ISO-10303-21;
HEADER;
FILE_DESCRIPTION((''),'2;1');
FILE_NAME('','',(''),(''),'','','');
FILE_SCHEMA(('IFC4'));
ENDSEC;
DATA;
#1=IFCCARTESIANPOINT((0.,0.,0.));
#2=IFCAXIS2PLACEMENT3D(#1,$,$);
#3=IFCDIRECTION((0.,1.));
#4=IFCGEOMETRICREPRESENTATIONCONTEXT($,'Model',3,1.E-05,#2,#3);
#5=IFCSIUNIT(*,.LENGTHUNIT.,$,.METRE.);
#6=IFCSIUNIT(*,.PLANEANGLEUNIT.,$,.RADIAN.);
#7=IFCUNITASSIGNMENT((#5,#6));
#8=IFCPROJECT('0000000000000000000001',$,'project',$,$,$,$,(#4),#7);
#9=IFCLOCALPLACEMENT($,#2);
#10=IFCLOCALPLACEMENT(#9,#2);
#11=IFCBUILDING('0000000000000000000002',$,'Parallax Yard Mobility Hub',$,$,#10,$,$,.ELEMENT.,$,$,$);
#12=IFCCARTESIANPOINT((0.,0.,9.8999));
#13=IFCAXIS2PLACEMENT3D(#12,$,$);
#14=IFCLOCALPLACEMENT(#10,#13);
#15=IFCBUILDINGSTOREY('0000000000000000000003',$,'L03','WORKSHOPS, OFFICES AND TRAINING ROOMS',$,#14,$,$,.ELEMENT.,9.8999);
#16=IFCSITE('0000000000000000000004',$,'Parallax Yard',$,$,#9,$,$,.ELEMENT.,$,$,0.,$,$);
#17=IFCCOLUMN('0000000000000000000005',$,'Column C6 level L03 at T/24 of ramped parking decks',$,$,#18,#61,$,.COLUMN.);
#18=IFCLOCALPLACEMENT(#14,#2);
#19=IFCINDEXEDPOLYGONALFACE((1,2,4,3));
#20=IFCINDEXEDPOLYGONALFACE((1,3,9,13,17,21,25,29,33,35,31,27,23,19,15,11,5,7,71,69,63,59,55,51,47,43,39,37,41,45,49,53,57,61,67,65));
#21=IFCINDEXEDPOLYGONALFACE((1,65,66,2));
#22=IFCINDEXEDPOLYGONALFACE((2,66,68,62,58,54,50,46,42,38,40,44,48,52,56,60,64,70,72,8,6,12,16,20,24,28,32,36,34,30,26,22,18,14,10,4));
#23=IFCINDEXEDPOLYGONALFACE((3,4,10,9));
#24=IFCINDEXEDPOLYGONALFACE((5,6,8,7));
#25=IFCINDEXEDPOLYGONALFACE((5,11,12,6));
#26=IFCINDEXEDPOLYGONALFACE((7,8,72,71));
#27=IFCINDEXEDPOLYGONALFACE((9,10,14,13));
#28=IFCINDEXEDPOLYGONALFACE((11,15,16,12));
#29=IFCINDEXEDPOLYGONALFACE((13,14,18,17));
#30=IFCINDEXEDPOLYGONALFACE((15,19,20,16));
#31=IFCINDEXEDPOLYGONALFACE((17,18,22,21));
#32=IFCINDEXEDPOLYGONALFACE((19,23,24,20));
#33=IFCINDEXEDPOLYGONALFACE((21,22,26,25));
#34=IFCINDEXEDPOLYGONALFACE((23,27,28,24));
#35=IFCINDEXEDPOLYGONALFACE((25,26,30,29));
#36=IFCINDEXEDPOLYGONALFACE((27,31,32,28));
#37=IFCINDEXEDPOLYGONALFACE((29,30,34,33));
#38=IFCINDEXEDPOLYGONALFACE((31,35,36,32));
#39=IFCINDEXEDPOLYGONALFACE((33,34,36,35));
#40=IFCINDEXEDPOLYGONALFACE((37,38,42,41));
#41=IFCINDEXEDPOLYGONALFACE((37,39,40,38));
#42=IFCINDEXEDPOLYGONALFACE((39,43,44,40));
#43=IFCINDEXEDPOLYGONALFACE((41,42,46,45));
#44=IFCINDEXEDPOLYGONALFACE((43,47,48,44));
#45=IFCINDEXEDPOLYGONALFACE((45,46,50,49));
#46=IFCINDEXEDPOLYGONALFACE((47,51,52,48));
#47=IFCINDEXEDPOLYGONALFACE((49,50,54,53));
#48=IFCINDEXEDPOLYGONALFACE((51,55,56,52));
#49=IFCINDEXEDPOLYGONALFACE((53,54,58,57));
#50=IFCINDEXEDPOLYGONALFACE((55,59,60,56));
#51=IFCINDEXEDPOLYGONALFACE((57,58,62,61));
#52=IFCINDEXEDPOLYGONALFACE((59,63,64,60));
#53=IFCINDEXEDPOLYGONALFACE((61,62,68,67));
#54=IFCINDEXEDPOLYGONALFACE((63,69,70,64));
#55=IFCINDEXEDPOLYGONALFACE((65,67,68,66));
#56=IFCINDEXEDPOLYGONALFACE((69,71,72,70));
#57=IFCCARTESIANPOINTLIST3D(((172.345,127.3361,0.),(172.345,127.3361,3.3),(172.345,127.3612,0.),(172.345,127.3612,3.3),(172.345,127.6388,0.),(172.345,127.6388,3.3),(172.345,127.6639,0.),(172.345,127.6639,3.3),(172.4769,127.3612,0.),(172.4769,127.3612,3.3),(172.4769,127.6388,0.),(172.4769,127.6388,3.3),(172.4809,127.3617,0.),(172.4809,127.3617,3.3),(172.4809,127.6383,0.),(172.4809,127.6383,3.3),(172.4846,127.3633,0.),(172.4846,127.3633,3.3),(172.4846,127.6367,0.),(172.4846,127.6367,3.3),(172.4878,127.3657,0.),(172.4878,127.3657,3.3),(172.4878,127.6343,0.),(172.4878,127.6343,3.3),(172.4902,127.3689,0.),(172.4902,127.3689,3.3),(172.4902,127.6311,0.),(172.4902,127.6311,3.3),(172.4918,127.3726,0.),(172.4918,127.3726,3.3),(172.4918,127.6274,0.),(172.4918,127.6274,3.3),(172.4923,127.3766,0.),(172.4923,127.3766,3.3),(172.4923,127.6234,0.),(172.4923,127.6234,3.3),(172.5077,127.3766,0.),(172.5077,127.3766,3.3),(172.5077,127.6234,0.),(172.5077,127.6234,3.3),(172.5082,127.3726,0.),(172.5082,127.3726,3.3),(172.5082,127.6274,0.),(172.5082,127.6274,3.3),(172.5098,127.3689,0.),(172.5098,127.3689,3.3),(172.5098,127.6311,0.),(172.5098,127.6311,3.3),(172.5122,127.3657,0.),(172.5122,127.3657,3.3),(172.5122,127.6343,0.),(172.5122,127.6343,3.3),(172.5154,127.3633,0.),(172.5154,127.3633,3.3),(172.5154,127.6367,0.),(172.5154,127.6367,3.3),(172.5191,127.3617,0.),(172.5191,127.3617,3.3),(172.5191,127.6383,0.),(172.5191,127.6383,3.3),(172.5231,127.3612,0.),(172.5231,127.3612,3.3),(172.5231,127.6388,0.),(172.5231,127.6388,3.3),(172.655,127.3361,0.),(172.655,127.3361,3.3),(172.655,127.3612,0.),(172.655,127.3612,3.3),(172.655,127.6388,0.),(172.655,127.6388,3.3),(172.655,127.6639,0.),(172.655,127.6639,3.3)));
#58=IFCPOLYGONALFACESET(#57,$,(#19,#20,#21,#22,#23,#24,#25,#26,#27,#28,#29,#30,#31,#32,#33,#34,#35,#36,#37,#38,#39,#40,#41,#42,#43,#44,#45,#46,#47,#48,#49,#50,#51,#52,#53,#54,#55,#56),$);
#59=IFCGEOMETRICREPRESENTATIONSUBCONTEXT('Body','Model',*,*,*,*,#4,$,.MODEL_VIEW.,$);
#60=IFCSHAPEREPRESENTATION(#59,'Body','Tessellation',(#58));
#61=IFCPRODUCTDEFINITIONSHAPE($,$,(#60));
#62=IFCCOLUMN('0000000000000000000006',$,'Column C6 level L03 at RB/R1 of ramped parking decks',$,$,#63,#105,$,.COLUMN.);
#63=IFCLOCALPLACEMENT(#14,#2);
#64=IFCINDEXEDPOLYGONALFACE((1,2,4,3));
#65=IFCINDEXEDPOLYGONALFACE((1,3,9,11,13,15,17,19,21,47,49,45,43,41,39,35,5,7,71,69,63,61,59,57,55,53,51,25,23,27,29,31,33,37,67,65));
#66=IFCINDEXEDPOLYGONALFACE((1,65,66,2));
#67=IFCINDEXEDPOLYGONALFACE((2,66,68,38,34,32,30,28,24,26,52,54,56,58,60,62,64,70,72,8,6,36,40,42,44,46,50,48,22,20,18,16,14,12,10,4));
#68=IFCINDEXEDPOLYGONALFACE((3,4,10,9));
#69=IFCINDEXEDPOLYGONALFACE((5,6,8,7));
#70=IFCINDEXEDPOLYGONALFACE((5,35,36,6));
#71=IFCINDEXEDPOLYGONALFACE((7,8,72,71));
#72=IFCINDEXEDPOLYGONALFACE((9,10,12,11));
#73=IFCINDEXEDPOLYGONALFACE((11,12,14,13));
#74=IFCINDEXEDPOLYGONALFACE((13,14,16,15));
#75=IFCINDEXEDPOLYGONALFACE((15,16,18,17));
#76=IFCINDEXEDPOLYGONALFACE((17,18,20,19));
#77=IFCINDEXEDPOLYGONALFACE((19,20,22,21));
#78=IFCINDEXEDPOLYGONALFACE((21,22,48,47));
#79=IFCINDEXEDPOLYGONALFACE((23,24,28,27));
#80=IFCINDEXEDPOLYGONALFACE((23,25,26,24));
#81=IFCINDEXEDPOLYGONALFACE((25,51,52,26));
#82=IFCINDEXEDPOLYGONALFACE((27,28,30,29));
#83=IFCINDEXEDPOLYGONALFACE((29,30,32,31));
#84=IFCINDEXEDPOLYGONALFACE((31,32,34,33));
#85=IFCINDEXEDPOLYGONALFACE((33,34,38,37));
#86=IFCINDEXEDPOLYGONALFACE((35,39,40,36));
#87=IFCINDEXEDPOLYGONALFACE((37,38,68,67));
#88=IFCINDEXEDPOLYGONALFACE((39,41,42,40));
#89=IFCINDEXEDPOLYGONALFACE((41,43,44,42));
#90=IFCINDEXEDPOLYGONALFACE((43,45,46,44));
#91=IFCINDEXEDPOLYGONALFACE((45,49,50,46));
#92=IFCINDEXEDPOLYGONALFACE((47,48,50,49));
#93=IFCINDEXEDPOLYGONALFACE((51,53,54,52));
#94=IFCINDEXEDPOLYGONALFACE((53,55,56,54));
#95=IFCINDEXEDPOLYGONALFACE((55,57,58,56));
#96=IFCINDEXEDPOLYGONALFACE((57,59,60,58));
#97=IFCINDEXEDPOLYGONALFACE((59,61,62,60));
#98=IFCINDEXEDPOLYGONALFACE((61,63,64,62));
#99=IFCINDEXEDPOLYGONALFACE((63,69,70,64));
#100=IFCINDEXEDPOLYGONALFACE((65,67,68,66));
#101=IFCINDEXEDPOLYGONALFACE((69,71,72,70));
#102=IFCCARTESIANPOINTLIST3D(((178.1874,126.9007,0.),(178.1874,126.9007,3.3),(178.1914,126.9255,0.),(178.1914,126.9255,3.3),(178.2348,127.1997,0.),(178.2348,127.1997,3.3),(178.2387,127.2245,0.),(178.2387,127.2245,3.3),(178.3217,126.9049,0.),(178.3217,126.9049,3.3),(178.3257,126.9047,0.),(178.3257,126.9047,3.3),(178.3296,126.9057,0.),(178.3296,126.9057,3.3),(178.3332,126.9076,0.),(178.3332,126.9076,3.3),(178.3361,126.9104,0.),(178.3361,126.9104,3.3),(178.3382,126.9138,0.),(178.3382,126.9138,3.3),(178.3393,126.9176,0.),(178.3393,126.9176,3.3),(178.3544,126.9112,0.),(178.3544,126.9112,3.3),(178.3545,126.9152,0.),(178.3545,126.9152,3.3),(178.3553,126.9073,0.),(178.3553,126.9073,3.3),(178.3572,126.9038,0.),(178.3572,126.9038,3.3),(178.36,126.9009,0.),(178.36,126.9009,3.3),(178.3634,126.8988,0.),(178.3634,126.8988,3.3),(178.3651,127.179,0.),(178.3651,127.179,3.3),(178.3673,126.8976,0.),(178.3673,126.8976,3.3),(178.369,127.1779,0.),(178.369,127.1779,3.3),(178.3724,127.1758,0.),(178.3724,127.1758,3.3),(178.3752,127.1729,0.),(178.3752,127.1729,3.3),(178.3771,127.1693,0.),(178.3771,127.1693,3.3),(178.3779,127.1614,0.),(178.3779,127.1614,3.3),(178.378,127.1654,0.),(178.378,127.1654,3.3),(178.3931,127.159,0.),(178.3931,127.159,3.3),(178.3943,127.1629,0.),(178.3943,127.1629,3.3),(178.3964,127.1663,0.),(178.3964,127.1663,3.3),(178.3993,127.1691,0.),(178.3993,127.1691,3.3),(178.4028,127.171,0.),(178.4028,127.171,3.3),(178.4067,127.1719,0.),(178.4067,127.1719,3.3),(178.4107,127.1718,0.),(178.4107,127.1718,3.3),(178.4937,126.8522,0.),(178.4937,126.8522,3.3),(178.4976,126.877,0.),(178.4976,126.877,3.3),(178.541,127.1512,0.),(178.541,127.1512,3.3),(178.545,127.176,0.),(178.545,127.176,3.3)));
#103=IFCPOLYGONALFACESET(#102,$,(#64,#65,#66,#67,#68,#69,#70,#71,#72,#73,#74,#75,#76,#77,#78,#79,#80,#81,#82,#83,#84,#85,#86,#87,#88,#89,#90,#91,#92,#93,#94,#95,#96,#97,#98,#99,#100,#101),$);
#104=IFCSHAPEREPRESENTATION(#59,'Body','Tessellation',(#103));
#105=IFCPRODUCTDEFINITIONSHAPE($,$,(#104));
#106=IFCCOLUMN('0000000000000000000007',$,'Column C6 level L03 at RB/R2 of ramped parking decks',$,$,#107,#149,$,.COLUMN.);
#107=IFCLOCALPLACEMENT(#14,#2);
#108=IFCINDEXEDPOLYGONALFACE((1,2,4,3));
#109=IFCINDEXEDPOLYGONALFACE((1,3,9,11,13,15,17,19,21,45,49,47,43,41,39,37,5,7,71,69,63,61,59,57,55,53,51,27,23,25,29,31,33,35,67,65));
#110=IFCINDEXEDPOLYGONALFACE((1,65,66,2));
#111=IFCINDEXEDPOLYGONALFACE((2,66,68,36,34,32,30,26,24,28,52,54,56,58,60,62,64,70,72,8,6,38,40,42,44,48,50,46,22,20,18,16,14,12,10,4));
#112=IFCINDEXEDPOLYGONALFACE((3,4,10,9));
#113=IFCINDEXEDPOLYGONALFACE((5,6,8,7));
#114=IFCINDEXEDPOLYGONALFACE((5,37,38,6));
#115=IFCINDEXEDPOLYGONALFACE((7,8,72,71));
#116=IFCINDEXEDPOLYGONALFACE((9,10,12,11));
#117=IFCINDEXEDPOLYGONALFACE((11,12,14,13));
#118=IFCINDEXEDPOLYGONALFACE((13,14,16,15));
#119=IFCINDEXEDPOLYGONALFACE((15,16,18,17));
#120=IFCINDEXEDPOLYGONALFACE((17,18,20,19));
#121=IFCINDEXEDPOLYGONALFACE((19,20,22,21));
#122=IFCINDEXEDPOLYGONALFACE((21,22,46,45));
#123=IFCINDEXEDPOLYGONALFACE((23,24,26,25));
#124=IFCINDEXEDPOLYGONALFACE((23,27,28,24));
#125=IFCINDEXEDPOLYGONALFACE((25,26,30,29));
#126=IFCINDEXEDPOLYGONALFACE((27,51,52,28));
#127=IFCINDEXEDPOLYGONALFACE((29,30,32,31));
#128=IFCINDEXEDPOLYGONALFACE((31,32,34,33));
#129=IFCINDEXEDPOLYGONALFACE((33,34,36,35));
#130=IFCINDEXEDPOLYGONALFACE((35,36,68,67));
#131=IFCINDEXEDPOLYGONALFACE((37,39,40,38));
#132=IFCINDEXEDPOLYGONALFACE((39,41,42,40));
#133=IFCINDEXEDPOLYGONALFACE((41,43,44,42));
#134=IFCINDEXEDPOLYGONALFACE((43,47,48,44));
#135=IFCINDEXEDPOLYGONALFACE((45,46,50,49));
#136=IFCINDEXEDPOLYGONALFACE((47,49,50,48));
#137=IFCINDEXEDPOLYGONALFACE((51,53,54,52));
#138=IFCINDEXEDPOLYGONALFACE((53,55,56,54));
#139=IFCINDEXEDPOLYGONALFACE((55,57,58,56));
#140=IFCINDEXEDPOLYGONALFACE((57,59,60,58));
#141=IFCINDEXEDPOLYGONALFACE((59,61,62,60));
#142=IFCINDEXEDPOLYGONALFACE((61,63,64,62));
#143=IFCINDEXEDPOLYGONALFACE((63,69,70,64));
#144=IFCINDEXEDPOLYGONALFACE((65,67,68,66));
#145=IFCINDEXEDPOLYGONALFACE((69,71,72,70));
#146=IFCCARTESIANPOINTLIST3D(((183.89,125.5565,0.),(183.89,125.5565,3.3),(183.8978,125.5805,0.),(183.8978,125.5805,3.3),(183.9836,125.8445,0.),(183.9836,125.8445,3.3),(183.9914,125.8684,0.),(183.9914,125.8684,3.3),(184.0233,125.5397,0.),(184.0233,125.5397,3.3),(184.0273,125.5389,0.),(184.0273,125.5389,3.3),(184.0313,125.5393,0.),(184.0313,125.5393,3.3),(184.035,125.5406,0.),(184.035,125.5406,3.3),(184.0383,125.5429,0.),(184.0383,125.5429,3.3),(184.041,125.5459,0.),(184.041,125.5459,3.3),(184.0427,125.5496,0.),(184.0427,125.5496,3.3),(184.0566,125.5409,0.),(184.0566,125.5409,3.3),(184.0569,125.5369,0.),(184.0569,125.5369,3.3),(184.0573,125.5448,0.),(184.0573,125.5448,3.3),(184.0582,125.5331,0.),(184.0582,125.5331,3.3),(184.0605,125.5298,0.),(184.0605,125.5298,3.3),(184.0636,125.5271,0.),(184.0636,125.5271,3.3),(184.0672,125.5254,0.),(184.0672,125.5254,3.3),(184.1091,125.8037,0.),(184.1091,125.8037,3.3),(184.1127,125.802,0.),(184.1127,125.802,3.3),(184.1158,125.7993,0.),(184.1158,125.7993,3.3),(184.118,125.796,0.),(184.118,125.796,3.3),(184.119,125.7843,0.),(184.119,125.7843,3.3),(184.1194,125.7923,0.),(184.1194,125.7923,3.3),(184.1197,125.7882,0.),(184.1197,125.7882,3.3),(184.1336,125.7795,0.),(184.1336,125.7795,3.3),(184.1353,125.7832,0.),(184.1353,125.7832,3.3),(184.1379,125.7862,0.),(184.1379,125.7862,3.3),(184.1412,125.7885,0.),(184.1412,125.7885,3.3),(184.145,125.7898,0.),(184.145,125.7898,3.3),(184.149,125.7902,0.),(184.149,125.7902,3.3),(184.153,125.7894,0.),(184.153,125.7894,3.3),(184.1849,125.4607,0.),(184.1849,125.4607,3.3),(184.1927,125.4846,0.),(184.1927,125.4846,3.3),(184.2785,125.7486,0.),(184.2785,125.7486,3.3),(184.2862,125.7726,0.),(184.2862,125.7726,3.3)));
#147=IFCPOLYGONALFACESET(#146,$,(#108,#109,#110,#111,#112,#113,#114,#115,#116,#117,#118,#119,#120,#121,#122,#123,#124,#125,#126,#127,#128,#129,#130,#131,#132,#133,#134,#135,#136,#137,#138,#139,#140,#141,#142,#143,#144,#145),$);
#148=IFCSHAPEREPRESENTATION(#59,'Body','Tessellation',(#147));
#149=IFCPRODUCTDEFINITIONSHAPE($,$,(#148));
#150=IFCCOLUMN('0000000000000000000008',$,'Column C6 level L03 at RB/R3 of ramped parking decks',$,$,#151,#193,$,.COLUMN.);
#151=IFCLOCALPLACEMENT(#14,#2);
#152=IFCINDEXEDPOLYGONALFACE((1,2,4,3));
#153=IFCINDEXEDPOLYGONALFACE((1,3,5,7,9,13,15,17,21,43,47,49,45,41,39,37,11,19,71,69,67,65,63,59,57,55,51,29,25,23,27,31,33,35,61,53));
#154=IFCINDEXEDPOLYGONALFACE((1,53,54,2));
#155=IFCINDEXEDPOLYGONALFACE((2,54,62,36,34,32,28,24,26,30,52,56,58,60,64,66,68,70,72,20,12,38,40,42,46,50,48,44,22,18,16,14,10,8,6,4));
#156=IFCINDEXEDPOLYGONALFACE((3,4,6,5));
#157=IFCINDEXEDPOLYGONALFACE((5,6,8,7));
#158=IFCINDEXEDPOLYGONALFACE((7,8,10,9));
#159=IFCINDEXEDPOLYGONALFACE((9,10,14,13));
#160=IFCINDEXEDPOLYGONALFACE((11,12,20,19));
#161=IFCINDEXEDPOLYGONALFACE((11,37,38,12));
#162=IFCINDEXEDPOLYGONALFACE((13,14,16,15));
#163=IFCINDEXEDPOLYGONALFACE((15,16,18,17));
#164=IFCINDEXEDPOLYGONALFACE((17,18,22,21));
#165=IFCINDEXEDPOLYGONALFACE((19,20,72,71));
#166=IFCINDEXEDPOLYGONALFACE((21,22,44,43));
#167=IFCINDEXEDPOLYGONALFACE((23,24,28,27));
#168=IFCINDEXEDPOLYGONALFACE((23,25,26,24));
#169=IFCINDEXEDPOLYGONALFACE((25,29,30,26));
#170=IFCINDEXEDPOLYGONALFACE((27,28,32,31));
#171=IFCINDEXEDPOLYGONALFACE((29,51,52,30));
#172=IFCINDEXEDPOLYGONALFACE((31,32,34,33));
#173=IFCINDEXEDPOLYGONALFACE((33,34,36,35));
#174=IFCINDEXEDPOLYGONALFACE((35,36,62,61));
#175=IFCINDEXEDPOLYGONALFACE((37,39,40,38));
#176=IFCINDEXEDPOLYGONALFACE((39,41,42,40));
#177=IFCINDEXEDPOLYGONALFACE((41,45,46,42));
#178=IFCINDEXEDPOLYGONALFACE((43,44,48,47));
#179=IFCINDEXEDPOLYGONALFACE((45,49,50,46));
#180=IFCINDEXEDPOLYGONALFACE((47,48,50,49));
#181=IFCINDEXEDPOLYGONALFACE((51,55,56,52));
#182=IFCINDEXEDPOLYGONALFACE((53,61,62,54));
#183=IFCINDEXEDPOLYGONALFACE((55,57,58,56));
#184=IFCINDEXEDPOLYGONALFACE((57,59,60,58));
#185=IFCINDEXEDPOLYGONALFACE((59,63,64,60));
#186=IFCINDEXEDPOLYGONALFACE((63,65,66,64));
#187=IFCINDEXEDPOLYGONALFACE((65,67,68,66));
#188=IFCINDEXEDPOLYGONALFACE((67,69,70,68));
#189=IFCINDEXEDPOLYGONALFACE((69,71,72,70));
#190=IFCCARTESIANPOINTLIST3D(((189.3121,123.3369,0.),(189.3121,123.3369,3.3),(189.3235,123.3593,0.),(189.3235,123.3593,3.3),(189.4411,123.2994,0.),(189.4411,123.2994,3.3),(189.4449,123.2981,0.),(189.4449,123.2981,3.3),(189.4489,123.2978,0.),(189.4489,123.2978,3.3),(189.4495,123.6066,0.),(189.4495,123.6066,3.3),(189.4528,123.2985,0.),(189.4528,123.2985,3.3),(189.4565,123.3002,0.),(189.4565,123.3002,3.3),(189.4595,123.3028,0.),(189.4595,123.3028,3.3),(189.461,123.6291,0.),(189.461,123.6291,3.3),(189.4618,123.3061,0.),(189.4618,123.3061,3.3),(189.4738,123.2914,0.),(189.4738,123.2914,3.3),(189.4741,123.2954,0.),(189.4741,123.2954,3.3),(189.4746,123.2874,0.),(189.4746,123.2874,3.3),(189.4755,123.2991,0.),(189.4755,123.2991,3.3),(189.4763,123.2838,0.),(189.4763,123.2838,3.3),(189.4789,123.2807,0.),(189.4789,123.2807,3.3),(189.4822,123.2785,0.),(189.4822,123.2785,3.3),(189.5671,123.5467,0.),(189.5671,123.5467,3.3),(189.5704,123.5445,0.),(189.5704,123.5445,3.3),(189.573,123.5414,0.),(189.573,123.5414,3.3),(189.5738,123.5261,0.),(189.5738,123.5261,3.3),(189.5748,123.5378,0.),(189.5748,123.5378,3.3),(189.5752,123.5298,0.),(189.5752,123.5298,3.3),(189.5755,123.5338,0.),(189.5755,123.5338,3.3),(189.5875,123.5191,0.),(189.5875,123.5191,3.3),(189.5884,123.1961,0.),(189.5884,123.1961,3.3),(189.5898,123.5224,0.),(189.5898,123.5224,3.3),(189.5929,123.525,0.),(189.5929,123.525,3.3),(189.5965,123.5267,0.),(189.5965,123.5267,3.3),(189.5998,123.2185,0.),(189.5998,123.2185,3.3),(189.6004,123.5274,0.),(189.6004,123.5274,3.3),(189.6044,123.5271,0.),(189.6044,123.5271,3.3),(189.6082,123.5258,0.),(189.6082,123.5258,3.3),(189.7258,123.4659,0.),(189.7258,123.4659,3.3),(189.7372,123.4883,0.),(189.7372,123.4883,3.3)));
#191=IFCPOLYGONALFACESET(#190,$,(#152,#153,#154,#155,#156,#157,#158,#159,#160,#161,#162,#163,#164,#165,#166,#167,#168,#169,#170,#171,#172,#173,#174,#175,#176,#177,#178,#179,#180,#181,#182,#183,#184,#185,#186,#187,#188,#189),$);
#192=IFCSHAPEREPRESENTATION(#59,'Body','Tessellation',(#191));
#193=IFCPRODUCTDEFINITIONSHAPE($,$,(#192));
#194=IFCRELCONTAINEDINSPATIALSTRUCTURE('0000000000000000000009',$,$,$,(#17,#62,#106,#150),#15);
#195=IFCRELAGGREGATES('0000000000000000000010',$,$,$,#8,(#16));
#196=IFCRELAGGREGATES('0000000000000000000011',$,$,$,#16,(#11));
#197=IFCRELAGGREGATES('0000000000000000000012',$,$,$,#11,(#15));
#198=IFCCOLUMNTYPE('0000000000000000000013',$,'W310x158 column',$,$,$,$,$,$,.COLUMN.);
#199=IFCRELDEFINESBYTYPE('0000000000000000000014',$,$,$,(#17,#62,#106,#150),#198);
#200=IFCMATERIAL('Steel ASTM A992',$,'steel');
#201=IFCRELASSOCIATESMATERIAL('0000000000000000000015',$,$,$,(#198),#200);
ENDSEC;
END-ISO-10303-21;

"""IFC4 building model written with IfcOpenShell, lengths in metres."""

from ifc_helpers import new_model, si_unit, direction, frame, origin, origin_2d, place, context, subcontext, project, spatial, i_section, extrude, material, material_profile, profile_set, type_object, element, save


model = new_model("IFC4")

# Units and contexts
model_context = context("Model", 3, precision=1e-05, world=origin(), true_north=direction((0.0, 1.0)))
body_context = subcontext(model_context, "Body", "Model", "MODEL_VIEW")
ifc_project = project(units=[si_unit("LENGTHUNIT", "METRE"), si_unit("PLANEANGLEUNIT", "RADIAN")], contexts=[model_context])

# Site, building, storey
site_placement = place(None, origin())
site = spatial("IfcSite", under=ifc_project, at=site_placement, Name="Parallax Yard", CompositionType="ELEMENT", RefElevation=0.0)
building_placement = place(site_placement, origin())
building = spatial("IfcBuilding", under=site, at=building_placement, Name="Parallax Yard Mobility Hub", CompositionType="ELEMENT")
storey_placement = place(building_placement, frame((0.0, 0.0, 9.8999)))
storey = spatial("IfcBuildingStorey", under=building, at=storey_placement, Name="L03", Description="WORKSHOPS, OFFICES AND TRAINING ROOMS", CompositionType="ELEMENT", Elevation=9.8999)

# Columns
ifc_material_1 = material(Name="Steel ASTM A992", Category="steel")
ifc_material_profile_1 = material_profile(ifc_material_1, i_section(OverallWidth=0.3101, OverallDepth=0.3279, WebThickness=0.0154, FlangeThickness=0.0251, FilletRadius=0.0154, at=origin_2d()), Name="W310x158")
ifc_profile_set_1 = profile_set([ifc_material_profile_1], Name="Steel ASTM A992")
column_type_1 = type_object("IfcColumnType", Name="W310x158 column", PredefinedType="COLUMN", material=ifc_profile_set_1)
for number, where, z_axis, x_axis, name in (
    (1, (172.5, 127.5, 0.0), (0.0, 0.0, 1.0), (1.0, 0.0, 0.0), "Column C6 level L03 at T/24 of ramped parking decks"),
    (2, (178.3662, 127.0383, 0.0), (0.0, 0.0, 1.0), (-0.987688, 0.156434, 0.0), "Column C6 level L03 at RB/R1 of ramped parking decks"),
    (3, (184.0881, 125.6646, 0.0), (0.0, 0.0, 1.0), (-0.951057, 0.309017, 0.0), "Column C6 level L03 at RB/R2 of ramped parking decks"),
    (4, (189.5247, 123.4126, 0.0), (0.0, 0.0, 1.0), (-0.891007, 0.45399, 0.0), "Column C6 level L03 at RB/R3 of ramped parking decks"),
):
    element("IfcColumn", number, at=place(storey_placement, frame(where, z_axis=z_axis, x_axis=x_axis)), inside=storey, type_object=column_type_1, Name=name, PredefinedType="COLUMN", context=body_context, shape_type="SweptSolid", body=[
        extrude(i_section(OverallWidth=0.3101, OverallDepth=0.3279, WebThickness=0.0154, FlangeThickness=0.0251, FilletRadius=0.0154, at=origin_2d()), origin(), (0.0, 0.0, 1.0), 3.3),
    ])

save(model, "model.ifc")
